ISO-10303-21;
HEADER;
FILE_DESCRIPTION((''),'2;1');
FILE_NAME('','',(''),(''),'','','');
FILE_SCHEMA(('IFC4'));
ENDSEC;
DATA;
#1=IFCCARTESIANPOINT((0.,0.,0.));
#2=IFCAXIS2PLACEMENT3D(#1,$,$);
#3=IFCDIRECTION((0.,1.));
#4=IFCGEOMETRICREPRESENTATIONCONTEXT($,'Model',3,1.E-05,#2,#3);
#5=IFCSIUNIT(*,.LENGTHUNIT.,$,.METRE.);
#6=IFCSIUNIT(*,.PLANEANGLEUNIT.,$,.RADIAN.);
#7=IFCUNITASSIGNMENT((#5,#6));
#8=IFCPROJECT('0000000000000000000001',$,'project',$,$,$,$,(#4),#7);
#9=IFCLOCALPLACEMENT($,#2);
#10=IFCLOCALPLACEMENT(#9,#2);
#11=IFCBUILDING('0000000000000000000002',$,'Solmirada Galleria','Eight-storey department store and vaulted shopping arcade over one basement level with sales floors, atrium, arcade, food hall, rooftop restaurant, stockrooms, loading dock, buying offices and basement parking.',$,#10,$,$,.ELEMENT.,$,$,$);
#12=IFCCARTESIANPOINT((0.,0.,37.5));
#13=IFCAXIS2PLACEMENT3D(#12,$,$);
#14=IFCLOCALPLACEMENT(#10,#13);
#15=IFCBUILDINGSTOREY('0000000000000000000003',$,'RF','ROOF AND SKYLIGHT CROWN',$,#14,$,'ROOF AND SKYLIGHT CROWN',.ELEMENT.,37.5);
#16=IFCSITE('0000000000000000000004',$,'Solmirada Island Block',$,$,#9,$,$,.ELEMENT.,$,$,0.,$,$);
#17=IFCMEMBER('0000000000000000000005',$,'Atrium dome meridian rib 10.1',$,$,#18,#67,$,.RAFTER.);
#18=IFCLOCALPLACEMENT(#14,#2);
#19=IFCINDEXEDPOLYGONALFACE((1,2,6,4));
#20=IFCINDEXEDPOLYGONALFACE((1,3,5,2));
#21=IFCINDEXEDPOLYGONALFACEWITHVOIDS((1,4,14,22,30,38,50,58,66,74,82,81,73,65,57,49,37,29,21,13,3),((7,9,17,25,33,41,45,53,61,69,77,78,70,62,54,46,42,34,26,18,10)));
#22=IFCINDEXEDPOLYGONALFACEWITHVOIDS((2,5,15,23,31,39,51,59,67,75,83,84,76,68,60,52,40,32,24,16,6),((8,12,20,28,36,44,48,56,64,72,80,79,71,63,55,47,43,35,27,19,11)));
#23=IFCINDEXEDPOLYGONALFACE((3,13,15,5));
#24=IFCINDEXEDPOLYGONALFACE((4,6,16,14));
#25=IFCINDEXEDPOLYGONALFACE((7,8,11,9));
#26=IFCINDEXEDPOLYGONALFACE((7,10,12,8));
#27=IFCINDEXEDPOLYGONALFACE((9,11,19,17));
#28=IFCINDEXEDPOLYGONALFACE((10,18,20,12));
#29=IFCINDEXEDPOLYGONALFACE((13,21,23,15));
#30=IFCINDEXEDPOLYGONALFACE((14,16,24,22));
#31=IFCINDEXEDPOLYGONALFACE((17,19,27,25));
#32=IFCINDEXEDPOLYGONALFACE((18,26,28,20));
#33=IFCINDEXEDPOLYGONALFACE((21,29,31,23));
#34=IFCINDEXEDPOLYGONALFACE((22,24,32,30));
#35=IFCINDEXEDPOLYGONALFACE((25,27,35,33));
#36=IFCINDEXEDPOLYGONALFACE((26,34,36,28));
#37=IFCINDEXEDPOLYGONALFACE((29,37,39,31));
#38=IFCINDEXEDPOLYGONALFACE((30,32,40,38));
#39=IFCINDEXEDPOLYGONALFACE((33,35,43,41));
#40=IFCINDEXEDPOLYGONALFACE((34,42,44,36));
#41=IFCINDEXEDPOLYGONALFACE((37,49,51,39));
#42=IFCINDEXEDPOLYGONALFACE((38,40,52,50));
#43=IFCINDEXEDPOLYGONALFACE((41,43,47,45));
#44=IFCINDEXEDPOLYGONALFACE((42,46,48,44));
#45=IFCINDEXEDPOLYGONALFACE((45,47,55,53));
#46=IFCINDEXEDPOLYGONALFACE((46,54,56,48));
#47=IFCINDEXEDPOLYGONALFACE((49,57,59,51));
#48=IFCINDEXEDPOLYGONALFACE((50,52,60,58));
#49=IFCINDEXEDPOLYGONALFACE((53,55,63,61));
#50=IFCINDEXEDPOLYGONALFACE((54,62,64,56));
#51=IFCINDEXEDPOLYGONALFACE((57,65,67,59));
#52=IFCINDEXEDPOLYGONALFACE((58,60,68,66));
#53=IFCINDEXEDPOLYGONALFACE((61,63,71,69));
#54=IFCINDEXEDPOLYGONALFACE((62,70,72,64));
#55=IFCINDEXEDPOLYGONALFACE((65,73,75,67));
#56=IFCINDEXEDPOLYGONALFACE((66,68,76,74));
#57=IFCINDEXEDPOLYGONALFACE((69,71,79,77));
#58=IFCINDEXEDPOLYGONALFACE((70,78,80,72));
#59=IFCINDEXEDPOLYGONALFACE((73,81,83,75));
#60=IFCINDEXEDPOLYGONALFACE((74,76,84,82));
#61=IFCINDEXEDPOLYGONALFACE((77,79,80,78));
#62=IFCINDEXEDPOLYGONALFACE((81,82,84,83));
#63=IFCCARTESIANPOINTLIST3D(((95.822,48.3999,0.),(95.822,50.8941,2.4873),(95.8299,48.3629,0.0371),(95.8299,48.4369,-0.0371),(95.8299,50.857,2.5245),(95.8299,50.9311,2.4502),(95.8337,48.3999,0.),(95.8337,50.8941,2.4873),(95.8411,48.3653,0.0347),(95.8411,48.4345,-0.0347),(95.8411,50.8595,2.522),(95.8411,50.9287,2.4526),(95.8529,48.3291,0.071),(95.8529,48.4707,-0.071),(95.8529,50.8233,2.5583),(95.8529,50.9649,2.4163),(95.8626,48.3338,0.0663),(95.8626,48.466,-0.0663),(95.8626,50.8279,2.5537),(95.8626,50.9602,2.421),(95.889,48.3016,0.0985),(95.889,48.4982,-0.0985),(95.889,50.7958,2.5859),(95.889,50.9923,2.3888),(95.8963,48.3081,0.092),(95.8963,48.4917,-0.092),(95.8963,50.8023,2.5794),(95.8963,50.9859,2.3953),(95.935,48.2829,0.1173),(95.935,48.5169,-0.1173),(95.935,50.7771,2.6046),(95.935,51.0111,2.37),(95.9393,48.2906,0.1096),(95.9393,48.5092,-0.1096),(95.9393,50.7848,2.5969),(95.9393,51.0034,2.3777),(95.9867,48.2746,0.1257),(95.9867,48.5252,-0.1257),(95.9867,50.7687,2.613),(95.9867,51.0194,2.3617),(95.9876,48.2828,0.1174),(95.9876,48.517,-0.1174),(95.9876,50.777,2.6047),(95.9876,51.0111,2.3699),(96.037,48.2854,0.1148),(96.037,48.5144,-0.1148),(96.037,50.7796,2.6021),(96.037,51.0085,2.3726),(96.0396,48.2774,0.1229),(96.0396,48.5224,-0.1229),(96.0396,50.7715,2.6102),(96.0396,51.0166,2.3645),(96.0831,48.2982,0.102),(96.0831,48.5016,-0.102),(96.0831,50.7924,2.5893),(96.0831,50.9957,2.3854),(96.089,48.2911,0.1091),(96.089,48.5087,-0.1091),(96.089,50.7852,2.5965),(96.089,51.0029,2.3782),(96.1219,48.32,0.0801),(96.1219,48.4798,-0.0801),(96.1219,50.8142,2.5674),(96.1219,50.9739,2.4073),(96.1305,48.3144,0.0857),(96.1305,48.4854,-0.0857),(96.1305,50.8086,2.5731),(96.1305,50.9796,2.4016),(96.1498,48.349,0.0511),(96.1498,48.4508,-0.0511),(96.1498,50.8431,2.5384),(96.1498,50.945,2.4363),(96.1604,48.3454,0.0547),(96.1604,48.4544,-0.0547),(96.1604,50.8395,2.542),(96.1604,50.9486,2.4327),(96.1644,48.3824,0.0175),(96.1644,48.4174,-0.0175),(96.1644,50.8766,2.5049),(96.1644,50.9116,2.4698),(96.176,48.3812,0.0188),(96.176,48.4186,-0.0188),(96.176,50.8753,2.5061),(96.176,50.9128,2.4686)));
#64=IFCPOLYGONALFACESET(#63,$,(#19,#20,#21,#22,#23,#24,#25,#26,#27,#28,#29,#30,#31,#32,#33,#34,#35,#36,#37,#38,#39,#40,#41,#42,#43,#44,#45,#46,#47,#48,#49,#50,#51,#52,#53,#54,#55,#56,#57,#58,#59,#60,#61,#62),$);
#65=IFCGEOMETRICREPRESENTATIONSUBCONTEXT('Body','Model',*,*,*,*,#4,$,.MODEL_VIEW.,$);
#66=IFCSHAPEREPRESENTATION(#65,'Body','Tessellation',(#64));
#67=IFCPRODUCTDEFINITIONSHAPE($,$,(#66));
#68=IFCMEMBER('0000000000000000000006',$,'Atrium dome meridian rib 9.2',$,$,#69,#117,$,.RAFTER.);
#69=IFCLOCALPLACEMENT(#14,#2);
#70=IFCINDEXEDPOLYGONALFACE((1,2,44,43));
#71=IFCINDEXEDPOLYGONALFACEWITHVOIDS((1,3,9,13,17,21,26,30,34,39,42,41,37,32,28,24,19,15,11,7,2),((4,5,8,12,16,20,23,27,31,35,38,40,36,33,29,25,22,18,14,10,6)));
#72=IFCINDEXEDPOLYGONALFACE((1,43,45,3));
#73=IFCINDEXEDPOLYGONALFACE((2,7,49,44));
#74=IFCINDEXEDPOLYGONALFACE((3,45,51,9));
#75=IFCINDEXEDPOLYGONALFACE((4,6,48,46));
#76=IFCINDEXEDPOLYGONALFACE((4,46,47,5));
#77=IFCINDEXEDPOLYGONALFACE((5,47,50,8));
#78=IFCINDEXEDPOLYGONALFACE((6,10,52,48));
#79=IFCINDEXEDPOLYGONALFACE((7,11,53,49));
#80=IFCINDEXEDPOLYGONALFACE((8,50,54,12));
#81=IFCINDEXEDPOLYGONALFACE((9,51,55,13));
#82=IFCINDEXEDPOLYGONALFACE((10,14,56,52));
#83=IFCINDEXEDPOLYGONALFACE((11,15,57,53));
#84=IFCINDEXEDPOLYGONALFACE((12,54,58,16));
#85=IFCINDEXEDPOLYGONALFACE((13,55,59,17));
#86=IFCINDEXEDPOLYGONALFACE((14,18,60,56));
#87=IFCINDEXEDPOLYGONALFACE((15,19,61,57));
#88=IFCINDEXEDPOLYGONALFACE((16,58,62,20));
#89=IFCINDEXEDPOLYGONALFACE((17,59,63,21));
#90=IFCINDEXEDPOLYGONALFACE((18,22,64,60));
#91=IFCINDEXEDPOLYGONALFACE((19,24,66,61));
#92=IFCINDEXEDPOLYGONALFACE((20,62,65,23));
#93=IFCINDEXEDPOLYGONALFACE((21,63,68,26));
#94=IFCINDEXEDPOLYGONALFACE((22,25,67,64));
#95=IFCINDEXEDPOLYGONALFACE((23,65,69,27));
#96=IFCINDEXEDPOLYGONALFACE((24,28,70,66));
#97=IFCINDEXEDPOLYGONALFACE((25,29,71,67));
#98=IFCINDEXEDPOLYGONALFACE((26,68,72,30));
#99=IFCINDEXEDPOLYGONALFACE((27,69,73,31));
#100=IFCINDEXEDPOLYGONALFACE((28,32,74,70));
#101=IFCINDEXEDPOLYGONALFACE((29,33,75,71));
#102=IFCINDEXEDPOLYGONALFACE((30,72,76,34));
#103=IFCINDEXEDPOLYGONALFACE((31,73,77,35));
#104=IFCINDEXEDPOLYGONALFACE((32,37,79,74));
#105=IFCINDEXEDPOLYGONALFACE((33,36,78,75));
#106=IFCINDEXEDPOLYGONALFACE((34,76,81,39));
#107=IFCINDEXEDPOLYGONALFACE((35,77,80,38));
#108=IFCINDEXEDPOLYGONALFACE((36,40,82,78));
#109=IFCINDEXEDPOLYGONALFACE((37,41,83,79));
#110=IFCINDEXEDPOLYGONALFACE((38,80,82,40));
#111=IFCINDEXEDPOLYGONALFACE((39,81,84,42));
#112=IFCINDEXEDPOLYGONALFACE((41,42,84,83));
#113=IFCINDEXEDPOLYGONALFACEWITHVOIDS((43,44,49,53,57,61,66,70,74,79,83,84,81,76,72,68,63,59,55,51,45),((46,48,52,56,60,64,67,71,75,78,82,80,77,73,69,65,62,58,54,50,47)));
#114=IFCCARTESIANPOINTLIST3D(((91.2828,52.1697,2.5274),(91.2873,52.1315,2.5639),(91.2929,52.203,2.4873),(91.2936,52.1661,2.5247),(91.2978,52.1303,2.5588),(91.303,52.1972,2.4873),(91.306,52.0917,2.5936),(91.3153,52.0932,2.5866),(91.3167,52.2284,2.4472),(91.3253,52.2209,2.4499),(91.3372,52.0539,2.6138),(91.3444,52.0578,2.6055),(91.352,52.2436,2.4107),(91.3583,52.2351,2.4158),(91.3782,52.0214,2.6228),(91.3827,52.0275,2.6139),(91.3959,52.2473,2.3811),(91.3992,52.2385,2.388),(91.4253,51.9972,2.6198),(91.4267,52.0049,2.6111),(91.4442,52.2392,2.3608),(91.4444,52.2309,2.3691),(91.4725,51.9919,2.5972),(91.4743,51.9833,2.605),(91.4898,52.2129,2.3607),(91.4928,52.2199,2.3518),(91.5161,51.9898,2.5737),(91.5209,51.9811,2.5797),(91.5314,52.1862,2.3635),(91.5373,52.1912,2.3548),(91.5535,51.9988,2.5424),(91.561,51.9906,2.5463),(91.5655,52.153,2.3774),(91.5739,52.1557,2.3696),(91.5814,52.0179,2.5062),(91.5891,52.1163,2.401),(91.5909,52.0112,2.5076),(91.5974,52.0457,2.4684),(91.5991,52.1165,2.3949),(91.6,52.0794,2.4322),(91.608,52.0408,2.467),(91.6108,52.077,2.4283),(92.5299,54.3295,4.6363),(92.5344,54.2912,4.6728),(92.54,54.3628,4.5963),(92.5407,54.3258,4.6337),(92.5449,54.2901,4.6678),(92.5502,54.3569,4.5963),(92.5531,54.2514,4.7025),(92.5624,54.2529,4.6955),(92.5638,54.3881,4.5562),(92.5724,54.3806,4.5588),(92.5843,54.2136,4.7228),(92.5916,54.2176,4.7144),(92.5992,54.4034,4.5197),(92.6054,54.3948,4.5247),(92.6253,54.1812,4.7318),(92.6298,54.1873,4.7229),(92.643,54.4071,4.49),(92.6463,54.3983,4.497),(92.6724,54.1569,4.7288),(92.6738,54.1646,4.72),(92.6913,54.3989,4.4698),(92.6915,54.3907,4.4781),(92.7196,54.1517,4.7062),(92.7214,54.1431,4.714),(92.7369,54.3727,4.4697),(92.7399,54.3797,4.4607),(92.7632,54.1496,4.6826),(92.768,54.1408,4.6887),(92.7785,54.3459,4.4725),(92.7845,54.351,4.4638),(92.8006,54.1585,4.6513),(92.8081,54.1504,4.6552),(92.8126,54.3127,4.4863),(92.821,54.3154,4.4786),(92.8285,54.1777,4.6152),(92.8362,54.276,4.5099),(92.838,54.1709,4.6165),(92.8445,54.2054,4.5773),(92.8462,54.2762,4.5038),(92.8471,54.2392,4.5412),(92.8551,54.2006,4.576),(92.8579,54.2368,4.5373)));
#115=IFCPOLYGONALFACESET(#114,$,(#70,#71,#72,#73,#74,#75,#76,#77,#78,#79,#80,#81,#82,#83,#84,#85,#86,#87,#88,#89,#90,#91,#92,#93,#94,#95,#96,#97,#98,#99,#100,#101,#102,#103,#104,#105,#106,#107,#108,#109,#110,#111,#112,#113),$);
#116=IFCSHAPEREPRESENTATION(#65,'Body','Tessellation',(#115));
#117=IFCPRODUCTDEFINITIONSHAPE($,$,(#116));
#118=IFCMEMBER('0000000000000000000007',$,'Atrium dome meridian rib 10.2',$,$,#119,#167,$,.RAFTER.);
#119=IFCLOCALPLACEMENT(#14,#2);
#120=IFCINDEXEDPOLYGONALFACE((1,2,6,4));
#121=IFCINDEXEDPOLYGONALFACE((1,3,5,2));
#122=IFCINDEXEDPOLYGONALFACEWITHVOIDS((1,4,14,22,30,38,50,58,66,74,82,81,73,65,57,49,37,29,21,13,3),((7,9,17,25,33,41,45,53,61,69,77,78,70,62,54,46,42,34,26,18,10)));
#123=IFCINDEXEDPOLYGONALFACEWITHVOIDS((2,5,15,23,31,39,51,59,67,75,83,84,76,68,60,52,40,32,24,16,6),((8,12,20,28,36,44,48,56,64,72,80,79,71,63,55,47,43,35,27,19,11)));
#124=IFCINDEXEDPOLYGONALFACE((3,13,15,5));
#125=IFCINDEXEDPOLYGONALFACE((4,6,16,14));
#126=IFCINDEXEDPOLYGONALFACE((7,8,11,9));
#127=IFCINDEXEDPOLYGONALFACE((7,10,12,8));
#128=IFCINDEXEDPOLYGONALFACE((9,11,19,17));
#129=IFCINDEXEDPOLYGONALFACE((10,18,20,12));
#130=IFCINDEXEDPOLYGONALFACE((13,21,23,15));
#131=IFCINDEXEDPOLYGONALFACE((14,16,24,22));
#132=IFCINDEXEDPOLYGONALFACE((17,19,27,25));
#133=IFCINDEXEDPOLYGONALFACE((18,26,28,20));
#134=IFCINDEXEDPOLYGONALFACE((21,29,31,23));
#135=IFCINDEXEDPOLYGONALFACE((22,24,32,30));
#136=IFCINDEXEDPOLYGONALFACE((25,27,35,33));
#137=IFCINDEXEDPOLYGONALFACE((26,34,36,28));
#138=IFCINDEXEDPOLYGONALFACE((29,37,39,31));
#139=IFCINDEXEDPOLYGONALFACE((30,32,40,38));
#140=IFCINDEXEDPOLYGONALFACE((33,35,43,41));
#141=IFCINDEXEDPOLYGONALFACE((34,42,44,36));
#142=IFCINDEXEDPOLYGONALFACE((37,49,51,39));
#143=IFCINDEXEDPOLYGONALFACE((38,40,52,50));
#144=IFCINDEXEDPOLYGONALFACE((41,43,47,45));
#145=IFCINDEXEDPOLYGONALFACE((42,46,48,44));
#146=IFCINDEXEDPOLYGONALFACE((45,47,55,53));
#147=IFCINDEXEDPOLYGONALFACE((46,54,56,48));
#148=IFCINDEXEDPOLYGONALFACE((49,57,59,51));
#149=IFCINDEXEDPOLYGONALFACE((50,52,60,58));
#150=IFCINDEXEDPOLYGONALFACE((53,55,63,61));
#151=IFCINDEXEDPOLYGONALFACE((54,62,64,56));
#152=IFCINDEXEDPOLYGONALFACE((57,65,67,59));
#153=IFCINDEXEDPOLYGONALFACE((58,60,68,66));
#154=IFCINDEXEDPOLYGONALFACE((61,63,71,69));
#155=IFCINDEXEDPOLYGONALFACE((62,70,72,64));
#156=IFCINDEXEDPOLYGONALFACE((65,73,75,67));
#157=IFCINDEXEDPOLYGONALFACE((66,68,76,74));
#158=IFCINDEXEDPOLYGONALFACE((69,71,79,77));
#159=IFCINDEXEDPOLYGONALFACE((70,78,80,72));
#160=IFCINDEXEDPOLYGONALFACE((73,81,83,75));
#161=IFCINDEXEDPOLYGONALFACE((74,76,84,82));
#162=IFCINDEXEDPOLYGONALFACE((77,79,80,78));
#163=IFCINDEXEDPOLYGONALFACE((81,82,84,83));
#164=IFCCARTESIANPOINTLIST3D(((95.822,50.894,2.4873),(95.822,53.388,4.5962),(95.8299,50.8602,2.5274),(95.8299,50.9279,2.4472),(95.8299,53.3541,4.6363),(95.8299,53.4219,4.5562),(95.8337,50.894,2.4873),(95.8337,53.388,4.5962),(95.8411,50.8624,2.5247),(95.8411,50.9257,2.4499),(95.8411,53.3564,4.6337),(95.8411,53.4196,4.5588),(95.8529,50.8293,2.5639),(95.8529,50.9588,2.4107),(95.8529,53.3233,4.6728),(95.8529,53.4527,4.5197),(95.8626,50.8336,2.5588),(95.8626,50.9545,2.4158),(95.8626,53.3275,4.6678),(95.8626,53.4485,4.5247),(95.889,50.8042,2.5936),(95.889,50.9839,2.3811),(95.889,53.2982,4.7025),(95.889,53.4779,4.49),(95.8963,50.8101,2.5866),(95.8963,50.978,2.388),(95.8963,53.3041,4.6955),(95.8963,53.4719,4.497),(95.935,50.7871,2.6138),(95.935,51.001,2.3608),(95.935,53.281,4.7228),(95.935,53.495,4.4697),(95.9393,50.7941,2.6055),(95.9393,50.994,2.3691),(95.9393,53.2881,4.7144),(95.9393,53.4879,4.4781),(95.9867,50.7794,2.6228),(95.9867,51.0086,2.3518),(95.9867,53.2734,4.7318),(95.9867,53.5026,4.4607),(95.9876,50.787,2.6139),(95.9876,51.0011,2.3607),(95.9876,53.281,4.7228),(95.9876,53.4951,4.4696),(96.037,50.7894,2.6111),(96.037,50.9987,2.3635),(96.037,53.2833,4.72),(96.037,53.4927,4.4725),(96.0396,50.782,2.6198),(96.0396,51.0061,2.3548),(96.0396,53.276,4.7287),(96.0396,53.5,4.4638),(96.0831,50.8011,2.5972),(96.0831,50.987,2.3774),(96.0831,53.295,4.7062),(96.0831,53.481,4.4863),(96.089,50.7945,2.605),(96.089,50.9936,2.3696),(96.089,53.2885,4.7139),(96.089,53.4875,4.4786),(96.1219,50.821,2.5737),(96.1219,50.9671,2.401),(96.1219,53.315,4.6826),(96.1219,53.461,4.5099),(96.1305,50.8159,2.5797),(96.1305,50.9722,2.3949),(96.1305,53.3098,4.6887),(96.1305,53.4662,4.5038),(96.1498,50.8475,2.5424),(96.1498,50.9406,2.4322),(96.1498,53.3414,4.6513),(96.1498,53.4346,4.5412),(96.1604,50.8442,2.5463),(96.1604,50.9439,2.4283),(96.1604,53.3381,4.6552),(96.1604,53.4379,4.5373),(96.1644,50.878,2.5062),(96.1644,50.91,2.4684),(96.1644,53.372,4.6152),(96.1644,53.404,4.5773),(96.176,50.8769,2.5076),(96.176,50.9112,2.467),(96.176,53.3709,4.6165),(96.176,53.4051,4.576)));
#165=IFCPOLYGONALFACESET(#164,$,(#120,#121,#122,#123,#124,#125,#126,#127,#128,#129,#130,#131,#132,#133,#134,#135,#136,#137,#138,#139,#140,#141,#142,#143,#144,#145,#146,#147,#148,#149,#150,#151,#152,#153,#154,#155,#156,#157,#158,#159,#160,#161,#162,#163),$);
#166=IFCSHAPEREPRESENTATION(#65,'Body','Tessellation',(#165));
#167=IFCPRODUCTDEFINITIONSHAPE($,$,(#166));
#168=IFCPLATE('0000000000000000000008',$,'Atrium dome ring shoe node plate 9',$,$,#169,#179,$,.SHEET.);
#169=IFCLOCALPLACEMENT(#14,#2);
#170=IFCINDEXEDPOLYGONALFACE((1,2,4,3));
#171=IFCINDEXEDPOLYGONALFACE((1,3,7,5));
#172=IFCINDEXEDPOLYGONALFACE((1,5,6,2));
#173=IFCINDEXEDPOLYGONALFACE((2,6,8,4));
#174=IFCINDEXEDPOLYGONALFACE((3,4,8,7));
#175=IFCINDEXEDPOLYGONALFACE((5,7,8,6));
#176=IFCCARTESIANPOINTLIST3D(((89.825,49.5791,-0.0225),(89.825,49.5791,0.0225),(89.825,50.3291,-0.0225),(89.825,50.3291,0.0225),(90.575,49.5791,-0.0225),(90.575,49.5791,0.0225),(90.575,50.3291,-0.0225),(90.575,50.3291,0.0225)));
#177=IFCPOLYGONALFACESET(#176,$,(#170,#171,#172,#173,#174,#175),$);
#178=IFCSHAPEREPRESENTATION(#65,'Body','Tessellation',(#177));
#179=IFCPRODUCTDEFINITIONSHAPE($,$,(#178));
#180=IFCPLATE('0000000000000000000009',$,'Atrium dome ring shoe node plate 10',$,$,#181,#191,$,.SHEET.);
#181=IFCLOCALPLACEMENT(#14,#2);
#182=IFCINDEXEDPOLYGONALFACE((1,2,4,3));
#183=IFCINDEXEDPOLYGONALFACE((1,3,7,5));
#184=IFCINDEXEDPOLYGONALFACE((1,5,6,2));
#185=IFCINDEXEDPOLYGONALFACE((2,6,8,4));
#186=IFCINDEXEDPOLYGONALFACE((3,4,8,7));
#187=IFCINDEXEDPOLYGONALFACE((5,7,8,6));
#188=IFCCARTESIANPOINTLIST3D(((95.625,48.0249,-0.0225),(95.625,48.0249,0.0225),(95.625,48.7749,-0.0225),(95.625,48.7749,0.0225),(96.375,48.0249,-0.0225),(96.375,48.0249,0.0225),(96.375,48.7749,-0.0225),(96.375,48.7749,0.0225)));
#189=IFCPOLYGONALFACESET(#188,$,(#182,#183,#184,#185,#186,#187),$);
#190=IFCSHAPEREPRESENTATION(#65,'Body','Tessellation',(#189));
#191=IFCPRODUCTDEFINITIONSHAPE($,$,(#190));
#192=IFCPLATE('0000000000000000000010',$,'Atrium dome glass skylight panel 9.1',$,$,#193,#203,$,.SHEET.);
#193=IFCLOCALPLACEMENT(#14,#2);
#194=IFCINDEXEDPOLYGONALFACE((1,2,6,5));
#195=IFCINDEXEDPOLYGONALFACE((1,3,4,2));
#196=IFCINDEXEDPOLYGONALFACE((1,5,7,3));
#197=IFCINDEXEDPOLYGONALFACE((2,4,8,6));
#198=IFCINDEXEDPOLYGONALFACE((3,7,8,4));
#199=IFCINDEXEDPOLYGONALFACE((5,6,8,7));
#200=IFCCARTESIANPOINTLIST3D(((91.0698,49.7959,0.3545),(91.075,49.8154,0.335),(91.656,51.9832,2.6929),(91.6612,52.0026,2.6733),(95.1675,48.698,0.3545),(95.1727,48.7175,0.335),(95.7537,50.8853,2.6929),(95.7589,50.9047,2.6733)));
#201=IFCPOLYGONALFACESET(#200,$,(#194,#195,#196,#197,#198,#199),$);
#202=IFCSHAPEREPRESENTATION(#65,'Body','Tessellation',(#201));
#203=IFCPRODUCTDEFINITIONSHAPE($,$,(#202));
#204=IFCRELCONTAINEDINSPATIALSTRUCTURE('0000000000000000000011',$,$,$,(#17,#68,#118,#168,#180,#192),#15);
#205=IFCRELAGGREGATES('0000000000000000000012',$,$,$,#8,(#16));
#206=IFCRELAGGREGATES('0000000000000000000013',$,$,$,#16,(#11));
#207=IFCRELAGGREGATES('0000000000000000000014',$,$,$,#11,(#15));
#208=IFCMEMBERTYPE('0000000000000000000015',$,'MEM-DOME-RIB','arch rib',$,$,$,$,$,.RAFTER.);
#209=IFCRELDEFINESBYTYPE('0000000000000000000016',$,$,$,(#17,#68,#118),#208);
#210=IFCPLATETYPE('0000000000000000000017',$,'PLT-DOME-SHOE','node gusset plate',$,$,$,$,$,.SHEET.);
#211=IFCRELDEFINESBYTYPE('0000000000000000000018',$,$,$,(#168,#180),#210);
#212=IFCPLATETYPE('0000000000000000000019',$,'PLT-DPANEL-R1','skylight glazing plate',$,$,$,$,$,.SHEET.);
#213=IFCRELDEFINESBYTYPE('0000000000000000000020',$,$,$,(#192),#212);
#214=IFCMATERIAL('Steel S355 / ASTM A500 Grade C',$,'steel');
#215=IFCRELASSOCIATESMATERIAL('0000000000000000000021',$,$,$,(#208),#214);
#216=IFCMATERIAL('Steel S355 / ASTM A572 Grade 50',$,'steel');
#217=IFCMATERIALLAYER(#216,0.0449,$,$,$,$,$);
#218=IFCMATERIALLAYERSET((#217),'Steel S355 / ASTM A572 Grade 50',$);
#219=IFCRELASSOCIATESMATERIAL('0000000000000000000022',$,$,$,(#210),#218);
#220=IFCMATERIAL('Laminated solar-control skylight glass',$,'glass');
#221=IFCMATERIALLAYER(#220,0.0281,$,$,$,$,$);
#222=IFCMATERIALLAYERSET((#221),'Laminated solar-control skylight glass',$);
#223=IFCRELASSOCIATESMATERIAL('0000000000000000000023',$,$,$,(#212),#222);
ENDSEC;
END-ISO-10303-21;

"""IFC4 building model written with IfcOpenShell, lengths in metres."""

from ifc_helpers import new_model, si_unit, direction, frame, origin, origin_2d, place, context, subcontext, project, spatial, polyline, rectangle, hollow_circle, outline, extrude, material, layer, layer_set, material_profile, profile_set, type_object, element, save


model = new_model("IFC4")

# Units and contexts
model_context = context("Model", 3, precision=1e-05, world=origin(), true_north=direction((0.0, 1.0)))
body_context = subcontext(model_context, "Body", "Model", "MODEL_VIEW")
ifc_project = project(units=[si_unit("LENGTHUNIT", "METRE"), si_unit("PLANEANGLEUNIT", "RADIAN")], contexts=[model_context])

# Site, building, storey
site_placement = place(None, origin())
site = spatial("IfcSite", under=ifc_project, at=site_placement, Name="Solmirada Island Block", CompositionType="ELEMENT", RefElevation=0.0)
building_placement = place(site_placement, origin())
building = spatial("IfcBuilding", under=site, at=building_placement, Name="Solmirada Galleria", Description="Eight-storey department store and vaulted shopping arcade over one basement level with sales floors, atrium, arcade, food hall, rooftop restaurant, stockrooms, loading dock, buying offices and basement parking.", CompositionType="ELEMENT")
storey_placement = place(building_placement, frame((0.0, 0.0, 37.5)))
storey = spatial("IfcBuildingStorey", under=building, at=storey_placement, Name="RF", Description="ROOF AND SKYLIGHT CROWN", LongName="ROOF AND SKYLIGHT CROWN", CompositionType="ELEMENT", Elevation=37.5)

# Members
ifc_material_1 = material(Name="Steel S355 / ASTM A500 Grade C", Category="steel")
ifc_material_profile_1 = material_profile(ifc_material_1, hollow_circle(Radius=0.178, WallThickness=0.0117, at=origin_2d()), Name="HSS14.000X0.500")
ifc_profile_set_1 = profile_set([ifc_material_profile_1], Name="Steel S355 / ASTM A500 Grade C")
member_type_1 = type_object("IfcMemberType", Name="MEM-DOME-RIB", Description="arch rib", PredefinedType="RAFTER", material=ifc_profile_set_1)
for number, where, z_axis, x_axis, name in (
    (1, (96.0, 48.3999, 0.0), (0.0, 0.708076, 0.706136), (-1.0, 0.0, 0.0), "Atrium dome meridian rib 10.1"),
):
    element("IfcMember", number, at=place(storey_placement, frame(where, z_axis=z_axis, x_axis=x_axis)), inside=storey, type_object=member_type_1, Name=name, PredefinedType="RAFTER", context=body_context, shape_type="SweptSolid", body=[
        extrude(hollow_circle(Radius=0.178, WallThickness=0.0117, at=origin_2d()), origin(), (0.0, 0.0, 1.0), 3.5225),
    ])
for number, where, z_axis, x_axis, name in (
    (2, (91.447, 52.114, 2.4873), (0.381834, 0.661258, 0.645709), (-0.865993, 0.500056, 0.0), "Atrium dome meridian rib 9.2"),
    (3, (96.0, 50.894, 2.4873), (0.0, 0.763588, 0.645704), (-1.0, 0.0, 0.0), "Atrium dome meridian rib 10.2"),
):
    element("IfcMember", number, at=place(storey_placement, frame(where, z_axis=z_axis, x_axis=x_axis)), inside=storey, type_object=member_type_1, Name=name, PredefinedType="RAFTER", context=body_context, shape_type="SweptSolid", body=[
        extrude(hollow_circle(Radius=0.178, WallThickness=0.0117, at=origin_2d()), origin(), (0.0, 0.0, 1.0), 3.2661),
    ])

# Plates
ifc_material_2 = material(Name="Steel S355 / ASTM A572 Grade 50", Category="steel")
ifc_layer_1 = layer(ifc_material_2, 0.0449)
ifc_layer_set_1 = layer_set([ifc_layer_1], Name="Steel S355 / ASTM A572 Grade 50")
plate_type_1 = type_object("IfcPlateType", Name="PLT-DOME-SHOE", Description="node gusset plate", PredefinedType="SHEET", material=ifc_layer_set_1)
for number, where, z_axis, x_axis, name in (
    (4, (90.2, 49.9541, -0.0225), (0.0, 0.0, 1.0), (1.0, 0.0, 0.0), "Atrium dome ring shoe node plate 9"),
    (5, (96.0, 48.3999, -0.0225), (0.0, 0.0, 1.0), (1.0, 0.0, 0.0), "Atrium dome ring shoe node plate 10"),
):
    element("IfcPlate", number, at=place(storey_placement, frame(where, z_axis=z_axis, x_axis=x_axis)), inside=storey, type_object=plate_type_1, Name=name, PredefinedType="SHEET", context=body_context, shape_type="SweptSolid", body=[
        extrude(rectangle(XDim=0.75, YDim=0.75, at=origin_2d()), origin(), (0.0, 0.0, 1.0), 0.0449),
    ])
ifc_material_3 = material(Name="Laminated solar-control skylight glass", Category="glass")
ifc_layer_2 = layer(ifc_material_3, 0.0281)
ifc_layer_set_2 = layer_set([ifc_layer_2], Name="Laminated solar-control skylight glass")
plate_type_2 = type_object("IfcPlateType", Name="PLT-DPANEL-R1", Description="skylight glazing plate", PredefinedType="SHEET", material=ifc_layer_set_2)
plate_1_placement = place(storey_placement, frame((91.0698, 49.7959, 0.3545), z_axis=(-0.185919, -0.693897, 0.695658), x_axis=(0.96593, -0.258805, 0.0)))
element("IfcPlate", 6, at=plate_1_placement, inside=storey, type_object=plate_type_2, Name="Atrium dome glass skylight panel 9.1", PredefinedType="SHEET", context=body_context, shape_type="SweptSolid", body=[
    extrude(outline(polyline([(0.0, 0.0), (4.2422, 0.0), (4.2423, 3.2551), (0.0001, 3.2551), (0.0, 0.0)])), origin(), (0.0, 0.0, -1.0), 0.0281),
])

save(model, "model.ifc")
